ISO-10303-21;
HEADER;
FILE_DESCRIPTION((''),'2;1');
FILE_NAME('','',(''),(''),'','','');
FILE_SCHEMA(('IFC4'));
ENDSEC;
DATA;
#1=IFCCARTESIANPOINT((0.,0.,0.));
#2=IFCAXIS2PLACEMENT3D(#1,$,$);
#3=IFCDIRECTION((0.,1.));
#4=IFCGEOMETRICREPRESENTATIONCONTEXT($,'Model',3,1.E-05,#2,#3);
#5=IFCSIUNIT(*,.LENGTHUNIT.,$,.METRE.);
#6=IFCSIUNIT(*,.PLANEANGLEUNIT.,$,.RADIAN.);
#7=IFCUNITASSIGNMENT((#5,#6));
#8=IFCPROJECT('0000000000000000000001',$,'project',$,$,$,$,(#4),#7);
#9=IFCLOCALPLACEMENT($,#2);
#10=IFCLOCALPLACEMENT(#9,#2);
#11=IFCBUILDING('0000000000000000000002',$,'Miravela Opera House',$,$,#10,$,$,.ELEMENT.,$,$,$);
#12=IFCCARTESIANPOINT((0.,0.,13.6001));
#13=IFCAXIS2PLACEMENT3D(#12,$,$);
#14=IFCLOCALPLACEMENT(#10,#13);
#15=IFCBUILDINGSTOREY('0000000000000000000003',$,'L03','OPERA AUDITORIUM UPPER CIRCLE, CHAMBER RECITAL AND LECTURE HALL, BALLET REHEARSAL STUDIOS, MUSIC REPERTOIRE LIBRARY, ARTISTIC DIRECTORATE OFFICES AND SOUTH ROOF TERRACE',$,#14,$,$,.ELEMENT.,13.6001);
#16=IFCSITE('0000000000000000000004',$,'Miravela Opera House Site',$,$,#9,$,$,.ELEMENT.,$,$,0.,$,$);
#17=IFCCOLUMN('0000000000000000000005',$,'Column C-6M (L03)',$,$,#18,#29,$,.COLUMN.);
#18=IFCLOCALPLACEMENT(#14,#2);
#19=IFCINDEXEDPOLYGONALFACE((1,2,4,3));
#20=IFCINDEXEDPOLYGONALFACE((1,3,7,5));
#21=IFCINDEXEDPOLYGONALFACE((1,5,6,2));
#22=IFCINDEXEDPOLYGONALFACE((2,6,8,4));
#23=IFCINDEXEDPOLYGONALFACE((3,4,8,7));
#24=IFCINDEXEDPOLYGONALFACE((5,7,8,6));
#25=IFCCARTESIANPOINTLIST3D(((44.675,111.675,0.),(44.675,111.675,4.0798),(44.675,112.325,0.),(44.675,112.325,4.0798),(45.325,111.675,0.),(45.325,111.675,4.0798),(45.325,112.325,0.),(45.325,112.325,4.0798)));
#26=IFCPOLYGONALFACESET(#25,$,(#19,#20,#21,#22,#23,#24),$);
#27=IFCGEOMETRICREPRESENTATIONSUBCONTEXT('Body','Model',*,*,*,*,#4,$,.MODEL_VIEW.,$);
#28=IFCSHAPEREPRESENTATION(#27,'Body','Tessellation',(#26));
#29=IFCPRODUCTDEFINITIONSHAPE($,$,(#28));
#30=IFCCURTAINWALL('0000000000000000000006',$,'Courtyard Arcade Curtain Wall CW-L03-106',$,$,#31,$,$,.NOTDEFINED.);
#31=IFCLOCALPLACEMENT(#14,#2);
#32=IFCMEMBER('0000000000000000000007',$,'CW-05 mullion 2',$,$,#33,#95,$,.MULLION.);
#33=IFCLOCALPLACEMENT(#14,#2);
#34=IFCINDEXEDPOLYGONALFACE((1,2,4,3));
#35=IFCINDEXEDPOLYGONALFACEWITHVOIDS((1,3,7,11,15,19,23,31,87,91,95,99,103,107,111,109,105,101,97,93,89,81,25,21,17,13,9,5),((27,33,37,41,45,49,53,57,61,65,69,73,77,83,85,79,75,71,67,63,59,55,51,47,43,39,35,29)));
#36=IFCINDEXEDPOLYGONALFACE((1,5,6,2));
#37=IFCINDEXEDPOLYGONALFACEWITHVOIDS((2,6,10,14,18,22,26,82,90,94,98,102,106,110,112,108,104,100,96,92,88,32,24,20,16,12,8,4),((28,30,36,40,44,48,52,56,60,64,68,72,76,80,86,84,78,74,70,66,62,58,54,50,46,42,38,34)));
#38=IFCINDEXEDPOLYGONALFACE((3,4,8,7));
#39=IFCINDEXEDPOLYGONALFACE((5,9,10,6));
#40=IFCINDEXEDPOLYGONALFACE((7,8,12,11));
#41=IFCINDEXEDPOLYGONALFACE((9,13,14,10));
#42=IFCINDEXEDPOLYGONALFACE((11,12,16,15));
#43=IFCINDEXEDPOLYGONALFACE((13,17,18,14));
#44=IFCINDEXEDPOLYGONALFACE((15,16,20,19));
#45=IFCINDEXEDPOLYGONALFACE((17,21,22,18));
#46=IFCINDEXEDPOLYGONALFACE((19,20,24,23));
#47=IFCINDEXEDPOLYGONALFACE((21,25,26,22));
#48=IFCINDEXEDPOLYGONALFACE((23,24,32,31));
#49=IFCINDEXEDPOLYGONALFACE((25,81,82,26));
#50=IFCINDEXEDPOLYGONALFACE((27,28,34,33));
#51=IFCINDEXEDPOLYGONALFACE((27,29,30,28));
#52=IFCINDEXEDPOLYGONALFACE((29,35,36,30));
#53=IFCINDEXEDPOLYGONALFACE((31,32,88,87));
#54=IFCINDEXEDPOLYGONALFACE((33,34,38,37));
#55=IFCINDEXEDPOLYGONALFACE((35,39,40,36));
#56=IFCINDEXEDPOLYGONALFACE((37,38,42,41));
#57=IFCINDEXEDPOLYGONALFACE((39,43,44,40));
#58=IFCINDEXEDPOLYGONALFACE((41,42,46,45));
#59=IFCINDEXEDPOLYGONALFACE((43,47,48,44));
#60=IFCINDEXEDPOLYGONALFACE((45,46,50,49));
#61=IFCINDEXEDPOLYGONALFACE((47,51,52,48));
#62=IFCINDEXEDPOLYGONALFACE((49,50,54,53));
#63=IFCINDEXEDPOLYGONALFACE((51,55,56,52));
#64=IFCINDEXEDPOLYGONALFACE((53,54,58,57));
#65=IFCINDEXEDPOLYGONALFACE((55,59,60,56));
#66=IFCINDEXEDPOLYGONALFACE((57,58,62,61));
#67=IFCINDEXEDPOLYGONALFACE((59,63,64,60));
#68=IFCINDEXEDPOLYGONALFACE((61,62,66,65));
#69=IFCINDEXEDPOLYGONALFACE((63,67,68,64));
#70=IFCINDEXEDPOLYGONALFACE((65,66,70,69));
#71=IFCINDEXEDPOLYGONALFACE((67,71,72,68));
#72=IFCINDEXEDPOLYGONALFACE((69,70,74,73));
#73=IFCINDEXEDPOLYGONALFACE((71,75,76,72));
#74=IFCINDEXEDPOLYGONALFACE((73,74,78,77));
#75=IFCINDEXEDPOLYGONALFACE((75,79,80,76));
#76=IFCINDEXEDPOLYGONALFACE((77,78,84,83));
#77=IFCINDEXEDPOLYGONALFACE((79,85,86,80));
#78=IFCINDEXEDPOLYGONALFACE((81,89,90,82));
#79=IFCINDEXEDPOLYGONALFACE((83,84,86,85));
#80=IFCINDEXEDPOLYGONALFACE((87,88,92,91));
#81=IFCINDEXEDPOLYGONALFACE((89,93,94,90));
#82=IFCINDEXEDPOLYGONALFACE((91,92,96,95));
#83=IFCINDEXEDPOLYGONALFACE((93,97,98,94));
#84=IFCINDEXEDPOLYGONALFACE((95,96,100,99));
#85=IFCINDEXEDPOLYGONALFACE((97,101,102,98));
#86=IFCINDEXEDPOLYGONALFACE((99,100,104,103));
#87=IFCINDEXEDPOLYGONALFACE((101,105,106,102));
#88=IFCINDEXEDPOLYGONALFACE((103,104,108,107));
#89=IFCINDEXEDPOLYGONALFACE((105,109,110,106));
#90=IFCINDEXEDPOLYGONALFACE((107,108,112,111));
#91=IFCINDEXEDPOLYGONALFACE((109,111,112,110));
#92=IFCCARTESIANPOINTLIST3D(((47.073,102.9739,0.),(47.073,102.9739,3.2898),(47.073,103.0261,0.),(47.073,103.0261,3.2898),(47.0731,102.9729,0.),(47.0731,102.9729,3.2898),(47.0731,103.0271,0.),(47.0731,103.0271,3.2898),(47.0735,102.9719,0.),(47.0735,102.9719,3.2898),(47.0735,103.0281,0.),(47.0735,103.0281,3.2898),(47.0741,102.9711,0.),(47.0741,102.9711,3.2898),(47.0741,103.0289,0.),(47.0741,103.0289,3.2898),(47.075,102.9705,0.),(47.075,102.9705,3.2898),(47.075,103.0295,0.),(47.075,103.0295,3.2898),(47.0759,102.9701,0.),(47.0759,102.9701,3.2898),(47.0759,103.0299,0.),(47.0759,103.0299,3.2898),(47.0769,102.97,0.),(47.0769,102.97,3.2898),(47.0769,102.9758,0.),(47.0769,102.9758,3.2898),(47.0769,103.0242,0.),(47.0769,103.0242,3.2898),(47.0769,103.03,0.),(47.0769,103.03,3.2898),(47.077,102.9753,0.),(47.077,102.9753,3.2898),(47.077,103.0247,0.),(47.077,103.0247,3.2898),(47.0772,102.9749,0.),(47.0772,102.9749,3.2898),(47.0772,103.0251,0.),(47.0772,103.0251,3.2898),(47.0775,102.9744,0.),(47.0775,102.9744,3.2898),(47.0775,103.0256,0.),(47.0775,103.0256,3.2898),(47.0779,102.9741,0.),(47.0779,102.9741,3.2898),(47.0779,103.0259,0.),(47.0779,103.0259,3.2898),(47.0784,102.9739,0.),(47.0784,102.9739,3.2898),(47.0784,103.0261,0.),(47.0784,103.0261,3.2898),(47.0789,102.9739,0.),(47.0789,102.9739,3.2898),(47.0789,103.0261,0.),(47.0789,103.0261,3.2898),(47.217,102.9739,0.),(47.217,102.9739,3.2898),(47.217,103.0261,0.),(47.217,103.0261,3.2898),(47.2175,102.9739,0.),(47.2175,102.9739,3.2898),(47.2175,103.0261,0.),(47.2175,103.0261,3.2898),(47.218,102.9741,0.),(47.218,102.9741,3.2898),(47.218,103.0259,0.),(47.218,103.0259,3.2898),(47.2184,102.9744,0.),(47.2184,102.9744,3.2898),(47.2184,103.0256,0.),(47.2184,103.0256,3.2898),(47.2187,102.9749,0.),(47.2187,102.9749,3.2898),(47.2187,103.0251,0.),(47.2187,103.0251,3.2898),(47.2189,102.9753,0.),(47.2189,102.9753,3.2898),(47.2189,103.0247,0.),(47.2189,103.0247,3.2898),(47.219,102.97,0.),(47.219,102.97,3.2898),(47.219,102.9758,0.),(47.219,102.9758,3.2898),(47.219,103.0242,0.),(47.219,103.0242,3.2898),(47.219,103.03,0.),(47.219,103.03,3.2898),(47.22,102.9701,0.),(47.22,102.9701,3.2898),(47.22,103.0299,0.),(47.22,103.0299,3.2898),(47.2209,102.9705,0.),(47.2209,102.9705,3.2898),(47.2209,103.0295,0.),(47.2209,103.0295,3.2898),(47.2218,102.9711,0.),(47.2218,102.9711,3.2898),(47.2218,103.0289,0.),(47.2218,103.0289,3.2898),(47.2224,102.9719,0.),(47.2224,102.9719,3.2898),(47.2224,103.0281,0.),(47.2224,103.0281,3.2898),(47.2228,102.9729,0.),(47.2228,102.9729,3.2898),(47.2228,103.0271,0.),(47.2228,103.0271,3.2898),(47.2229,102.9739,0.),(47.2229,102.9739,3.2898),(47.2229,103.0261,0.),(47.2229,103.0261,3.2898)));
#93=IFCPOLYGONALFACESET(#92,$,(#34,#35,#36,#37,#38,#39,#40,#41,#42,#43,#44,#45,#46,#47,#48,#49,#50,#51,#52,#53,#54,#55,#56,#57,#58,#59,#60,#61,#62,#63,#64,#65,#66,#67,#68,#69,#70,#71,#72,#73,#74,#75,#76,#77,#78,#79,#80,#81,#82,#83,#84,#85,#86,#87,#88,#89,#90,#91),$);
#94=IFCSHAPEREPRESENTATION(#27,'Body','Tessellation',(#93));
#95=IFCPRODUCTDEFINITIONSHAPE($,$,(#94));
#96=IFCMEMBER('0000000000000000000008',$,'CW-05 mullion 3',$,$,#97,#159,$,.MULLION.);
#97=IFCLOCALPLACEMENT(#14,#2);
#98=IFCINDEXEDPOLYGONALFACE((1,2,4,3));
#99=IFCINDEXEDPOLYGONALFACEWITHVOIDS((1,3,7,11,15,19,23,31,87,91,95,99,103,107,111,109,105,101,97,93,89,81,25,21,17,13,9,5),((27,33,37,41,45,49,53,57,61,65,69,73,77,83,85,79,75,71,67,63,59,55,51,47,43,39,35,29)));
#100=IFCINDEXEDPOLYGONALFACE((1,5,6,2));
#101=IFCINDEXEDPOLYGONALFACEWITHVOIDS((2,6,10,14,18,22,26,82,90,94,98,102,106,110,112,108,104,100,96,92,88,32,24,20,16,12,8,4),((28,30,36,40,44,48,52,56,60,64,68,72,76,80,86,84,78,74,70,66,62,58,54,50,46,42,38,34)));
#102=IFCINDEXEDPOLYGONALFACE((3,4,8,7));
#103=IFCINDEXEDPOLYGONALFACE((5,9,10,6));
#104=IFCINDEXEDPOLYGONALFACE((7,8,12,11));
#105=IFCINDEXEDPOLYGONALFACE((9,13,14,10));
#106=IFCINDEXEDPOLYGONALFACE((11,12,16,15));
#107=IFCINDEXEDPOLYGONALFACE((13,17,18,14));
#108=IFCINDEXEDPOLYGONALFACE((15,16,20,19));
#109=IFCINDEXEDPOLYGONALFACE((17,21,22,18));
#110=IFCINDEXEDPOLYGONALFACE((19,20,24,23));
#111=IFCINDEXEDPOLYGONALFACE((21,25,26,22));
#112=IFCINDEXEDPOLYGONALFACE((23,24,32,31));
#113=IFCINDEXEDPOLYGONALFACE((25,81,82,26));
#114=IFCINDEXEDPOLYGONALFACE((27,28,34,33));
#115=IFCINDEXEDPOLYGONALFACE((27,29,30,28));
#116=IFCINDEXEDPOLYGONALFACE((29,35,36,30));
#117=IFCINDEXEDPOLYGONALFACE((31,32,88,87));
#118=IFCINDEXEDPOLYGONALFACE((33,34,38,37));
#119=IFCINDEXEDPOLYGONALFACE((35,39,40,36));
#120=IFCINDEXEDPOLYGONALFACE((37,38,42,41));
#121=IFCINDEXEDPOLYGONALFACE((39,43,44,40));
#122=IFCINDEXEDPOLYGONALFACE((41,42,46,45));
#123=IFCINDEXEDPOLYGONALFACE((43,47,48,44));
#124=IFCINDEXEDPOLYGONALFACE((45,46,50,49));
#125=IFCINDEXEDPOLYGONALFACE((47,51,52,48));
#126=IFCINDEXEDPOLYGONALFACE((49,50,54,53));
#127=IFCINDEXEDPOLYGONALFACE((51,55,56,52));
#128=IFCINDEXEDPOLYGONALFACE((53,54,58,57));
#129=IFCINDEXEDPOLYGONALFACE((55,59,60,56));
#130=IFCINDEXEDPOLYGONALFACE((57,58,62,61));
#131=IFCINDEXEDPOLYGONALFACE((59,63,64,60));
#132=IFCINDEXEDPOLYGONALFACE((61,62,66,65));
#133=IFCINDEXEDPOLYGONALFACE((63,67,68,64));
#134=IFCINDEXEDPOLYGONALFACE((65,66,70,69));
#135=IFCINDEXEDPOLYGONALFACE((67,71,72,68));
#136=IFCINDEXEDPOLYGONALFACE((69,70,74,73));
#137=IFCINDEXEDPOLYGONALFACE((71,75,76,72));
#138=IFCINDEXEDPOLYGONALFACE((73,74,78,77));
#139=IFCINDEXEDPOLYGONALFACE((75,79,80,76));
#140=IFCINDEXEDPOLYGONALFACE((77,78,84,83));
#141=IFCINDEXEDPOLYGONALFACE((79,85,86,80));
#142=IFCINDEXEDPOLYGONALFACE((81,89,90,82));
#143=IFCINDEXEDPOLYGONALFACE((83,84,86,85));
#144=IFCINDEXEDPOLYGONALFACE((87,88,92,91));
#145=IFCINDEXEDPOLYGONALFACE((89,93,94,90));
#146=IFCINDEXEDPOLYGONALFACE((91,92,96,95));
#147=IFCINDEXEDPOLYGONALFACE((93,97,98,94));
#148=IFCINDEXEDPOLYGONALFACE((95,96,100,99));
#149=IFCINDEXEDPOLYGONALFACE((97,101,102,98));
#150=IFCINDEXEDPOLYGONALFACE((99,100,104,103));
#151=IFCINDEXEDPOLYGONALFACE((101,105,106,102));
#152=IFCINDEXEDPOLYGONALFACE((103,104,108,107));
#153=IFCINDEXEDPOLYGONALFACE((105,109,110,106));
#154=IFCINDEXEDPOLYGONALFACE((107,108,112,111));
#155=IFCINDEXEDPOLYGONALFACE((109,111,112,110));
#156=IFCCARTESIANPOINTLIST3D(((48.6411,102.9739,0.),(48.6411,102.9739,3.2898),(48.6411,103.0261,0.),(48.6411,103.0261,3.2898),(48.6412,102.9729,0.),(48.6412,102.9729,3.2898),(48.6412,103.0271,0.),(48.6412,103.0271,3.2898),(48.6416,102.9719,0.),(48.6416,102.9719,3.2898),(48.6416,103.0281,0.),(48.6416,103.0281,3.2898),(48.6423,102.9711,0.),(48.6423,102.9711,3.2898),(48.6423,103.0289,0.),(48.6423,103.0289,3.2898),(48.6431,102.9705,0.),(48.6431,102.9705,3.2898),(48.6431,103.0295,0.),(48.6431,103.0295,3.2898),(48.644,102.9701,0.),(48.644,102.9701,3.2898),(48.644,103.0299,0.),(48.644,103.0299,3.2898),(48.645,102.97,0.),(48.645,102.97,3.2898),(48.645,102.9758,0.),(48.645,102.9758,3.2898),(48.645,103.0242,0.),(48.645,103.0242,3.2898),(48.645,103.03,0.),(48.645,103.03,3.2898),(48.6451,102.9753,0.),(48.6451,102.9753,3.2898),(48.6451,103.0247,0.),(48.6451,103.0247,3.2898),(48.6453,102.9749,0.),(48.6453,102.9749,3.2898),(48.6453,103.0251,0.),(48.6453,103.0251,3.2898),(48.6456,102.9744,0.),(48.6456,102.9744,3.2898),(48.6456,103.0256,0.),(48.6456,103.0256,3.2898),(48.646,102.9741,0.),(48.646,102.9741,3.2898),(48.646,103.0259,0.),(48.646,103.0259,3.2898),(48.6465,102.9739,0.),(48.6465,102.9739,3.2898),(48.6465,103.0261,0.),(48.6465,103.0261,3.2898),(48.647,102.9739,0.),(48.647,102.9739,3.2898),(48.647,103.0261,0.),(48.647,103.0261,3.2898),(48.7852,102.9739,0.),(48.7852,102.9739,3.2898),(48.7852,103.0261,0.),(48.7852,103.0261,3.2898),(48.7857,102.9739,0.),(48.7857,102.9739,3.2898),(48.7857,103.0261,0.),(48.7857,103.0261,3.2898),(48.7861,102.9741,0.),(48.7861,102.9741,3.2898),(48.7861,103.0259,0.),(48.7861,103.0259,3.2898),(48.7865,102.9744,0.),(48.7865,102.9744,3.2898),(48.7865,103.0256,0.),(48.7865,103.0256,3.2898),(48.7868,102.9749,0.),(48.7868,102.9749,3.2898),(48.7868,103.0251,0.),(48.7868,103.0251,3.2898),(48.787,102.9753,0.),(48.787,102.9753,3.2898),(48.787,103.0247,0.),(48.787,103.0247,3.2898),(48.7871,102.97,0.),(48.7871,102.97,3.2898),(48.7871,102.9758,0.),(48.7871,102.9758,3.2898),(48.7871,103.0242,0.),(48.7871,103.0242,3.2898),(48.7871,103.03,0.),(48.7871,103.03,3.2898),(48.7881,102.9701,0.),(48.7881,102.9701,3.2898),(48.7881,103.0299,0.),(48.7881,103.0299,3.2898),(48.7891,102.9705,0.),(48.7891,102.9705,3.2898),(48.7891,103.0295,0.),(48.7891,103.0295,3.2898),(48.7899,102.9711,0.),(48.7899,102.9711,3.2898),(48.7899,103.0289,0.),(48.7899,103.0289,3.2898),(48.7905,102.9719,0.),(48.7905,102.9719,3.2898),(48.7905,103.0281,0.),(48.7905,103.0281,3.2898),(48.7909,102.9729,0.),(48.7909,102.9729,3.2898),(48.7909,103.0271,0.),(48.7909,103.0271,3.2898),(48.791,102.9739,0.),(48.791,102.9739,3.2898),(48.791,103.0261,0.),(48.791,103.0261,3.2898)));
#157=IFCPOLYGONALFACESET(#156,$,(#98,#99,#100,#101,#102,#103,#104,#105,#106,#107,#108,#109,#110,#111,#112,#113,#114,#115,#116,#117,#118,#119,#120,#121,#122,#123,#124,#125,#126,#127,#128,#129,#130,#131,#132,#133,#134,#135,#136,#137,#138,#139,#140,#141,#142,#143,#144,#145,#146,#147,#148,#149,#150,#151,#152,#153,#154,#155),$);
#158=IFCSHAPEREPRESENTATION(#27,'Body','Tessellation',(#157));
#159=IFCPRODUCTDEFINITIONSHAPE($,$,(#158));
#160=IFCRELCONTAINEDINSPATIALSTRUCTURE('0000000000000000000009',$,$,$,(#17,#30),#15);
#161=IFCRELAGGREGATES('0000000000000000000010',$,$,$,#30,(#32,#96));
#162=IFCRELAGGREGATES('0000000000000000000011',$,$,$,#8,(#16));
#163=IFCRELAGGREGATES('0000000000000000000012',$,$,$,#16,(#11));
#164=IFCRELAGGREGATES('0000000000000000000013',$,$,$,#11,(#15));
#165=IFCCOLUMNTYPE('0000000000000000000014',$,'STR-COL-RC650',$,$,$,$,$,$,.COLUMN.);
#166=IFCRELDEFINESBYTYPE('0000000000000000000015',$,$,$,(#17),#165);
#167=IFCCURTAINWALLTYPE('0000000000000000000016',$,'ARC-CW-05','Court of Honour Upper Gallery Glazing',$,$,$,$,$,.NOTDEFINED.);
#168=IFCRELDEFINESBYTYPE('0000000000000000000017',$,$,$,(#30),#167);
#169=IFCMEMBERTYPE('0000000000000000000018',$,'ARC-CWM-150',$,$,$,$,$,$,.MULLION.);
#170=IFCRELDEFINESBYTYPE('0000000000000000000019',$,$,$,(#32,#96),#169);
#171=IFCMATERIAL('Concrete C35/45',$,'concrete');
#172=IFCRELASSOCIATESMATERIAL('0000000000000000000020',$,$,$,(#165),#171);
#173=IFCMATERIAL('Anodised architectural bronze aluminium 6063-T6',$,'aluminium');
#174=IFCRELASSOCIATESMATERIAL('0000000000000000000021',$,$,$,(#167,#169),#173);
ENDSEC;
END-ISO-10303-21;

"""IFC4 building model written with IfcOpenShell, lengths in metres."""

from ifc_helpers import new_model, si_unit, direction, frame, origin, origin_2d, place, context, subcontext, project, spatial, rectangle, hollow_rectangle, extrude, material, material_profile, profile_set, type_object, element, aggregate, save


model = new_model("IFC4")

# Units and contexts
model_context = context("Model", 3, precision=1e-05, world=origin(), true_north=direction((0.0, 1.0)))
body_context = subcontext(model_context, "Body", "Model", "MODEL_VIEW")
ifc_project = project(units=[si_unit("LENGTHUNIT", "METRE"), si_unit("PLANEANGLEUNIT", "RADIAN")], contexts=[model_context])

# Site, building, storey
site_placement = place(None, origin())
site = spatial("IfcSite", under=ifc_project, at=site_placement, Name="Miravela Opera House Site", CompositionType="ELEMENT", RefElevation=0.0)
building_placement = place(site_placement, origin())
building = spatial("IfcBuilding", under=site, at=building_placement, Name="Miravela Opera House", CompositionType="ELEMENT")
storey_placement = place(building_placement, frame((0.0, 0.0, 13.6001)))
storey = spatial("IfcBuildingStorey", under=building, at=storey_placement, Name="L03", Description="OPERA AUDITORIUM UPPER CIRCLE, CHAMBER RECITAL AND LECTURE HALL, BALLET REHEARSAL STUDIOS, MUSIC REPERTOIRE LIBRARY, ARTISTIC DIRECTORATE OFFICES AND SOUTH ROOF TERRACE", CompositionType="ELEMENT", Elevation=13.6001)

# Column
ifc_material_1 = material(Name="Concrete C35/45", Category="concrete")
ifc_material_profile_1 = material_profile(ifc_material_1, rectangle(XDim=0.6499, YDim=0.6499, at=origin_2d()), Name="RC-COL-650X650")
ifc_profile_set_1 = profile_set([ifc_material_profile_1])
column_type = type_object("IfcColumnType", Name="STR-COL-RC650", PredefinedType="COLUMN", material=ifc_profile_set_1)
column_placement = place(storey_placement, frame((45.0, 112.0, 0.0), z_axis=(0.0, 0.0, 1.0), x_axis=(1.0, 0.0, 0.0)))
element("IfcColumn", 1, at=column_placement, inside=storey, type_object=column_type, Name="Column C-6M (L03)", PredefinedType="COLUMN", context=body_context, shape_type="SweptSolid", body=[
    extrude(rectangle(XDim=0.6499, YDim=0.6499, at=origin_2d()), origin(), (0.0, 0.0, 1.0), 4.0798),
])

# Curtain wall, members
ifc_material_2 = material(Name="Anodised architectural bronze aluminium 6063-T6", Category="aluminium")
curtain_wall_type = type_object("IfcCurtainWallType", Name="ARC-CW-05", Description="Court of Honour Upper Gallery Glazing", PredefinedType="NOTDEFINED", material=ifc_material_2)
curtain_wall_placement = place(storey_placement, origin())
curtain_wall = element("IfcCurtainWall", 2, at=curtain_wall_placement, inside=storey, type_object=curtain_wall_type, Name="Courtyard Arcade Curtain Wall CW-L03-106", PredefinedType="NOTDEFINED")
ifc_material_profile_2 = material_profile(ifc_material_2, hollow_rectangle(XDim=0.0601, YDim=0.1499, WallThickness=0.0039, InnerFilletRadius=0.002, OuterFilletRadius=0.0039, at=origin_2d()), Name="CWM-60X150")
ifc_profile_set_2 = profile_set([ifc_material_profile_2])
member_type_1 = type_object("IfcMemberType", Name="ARC-CWM-150", PredefinedType="MULLION", material=ifc_profile_set_2)
member_1_placement = place(storey_placement, frame((47.1479, 103.0, 0.0), z_axis=(0.0, 0.0, 1.0), x_axis=(0.0, 1.0, 0.0)))
member_1 = element("IfcMember", 3, at=member_1_placement, type_object=member_type_1, Name="CW-05 mullion 2", PredefinedType="MULLION", context=body_context, shape_type="SweptSolid", body=[
    extrude(hollow_rectangle(XDim=0.0601, YDim=0.1499, WallThickness=0.0039, InnerFilletRadius=0.002, OuterFilletRadius=0.0039, at=origin_2d()), origin(), (0.0, 0.0, 1.0), 3.2898),
])
member_2_placement = place(storey_placement, frame((48.7161, 103.0, 0.0), z_axis=(0.0, 0.0, 1.0), x_axis=(0.0, 1.0, 0.0)))
member_2 = element("IfcMember", 4, at=member_2_placement, type_object=member_type_1, Name="CW-05 mullion 3", PredefinedType="MULLION", context=body_context, shape_type="SweptSolid", body=[
    extrude(hollow_rectangle(XDim=0.0601, YDim=0.1499, WallThickness=0.0039, InnerFilletRadius=0.002, OuterFilletRadius=0.0039, at=origin_2d()), origin(), (0.0, 0.0, 1.0), 3.2898),
])

aggregate(curtain_wall, [member_1, member_2])

save(model, "model.ifc")
